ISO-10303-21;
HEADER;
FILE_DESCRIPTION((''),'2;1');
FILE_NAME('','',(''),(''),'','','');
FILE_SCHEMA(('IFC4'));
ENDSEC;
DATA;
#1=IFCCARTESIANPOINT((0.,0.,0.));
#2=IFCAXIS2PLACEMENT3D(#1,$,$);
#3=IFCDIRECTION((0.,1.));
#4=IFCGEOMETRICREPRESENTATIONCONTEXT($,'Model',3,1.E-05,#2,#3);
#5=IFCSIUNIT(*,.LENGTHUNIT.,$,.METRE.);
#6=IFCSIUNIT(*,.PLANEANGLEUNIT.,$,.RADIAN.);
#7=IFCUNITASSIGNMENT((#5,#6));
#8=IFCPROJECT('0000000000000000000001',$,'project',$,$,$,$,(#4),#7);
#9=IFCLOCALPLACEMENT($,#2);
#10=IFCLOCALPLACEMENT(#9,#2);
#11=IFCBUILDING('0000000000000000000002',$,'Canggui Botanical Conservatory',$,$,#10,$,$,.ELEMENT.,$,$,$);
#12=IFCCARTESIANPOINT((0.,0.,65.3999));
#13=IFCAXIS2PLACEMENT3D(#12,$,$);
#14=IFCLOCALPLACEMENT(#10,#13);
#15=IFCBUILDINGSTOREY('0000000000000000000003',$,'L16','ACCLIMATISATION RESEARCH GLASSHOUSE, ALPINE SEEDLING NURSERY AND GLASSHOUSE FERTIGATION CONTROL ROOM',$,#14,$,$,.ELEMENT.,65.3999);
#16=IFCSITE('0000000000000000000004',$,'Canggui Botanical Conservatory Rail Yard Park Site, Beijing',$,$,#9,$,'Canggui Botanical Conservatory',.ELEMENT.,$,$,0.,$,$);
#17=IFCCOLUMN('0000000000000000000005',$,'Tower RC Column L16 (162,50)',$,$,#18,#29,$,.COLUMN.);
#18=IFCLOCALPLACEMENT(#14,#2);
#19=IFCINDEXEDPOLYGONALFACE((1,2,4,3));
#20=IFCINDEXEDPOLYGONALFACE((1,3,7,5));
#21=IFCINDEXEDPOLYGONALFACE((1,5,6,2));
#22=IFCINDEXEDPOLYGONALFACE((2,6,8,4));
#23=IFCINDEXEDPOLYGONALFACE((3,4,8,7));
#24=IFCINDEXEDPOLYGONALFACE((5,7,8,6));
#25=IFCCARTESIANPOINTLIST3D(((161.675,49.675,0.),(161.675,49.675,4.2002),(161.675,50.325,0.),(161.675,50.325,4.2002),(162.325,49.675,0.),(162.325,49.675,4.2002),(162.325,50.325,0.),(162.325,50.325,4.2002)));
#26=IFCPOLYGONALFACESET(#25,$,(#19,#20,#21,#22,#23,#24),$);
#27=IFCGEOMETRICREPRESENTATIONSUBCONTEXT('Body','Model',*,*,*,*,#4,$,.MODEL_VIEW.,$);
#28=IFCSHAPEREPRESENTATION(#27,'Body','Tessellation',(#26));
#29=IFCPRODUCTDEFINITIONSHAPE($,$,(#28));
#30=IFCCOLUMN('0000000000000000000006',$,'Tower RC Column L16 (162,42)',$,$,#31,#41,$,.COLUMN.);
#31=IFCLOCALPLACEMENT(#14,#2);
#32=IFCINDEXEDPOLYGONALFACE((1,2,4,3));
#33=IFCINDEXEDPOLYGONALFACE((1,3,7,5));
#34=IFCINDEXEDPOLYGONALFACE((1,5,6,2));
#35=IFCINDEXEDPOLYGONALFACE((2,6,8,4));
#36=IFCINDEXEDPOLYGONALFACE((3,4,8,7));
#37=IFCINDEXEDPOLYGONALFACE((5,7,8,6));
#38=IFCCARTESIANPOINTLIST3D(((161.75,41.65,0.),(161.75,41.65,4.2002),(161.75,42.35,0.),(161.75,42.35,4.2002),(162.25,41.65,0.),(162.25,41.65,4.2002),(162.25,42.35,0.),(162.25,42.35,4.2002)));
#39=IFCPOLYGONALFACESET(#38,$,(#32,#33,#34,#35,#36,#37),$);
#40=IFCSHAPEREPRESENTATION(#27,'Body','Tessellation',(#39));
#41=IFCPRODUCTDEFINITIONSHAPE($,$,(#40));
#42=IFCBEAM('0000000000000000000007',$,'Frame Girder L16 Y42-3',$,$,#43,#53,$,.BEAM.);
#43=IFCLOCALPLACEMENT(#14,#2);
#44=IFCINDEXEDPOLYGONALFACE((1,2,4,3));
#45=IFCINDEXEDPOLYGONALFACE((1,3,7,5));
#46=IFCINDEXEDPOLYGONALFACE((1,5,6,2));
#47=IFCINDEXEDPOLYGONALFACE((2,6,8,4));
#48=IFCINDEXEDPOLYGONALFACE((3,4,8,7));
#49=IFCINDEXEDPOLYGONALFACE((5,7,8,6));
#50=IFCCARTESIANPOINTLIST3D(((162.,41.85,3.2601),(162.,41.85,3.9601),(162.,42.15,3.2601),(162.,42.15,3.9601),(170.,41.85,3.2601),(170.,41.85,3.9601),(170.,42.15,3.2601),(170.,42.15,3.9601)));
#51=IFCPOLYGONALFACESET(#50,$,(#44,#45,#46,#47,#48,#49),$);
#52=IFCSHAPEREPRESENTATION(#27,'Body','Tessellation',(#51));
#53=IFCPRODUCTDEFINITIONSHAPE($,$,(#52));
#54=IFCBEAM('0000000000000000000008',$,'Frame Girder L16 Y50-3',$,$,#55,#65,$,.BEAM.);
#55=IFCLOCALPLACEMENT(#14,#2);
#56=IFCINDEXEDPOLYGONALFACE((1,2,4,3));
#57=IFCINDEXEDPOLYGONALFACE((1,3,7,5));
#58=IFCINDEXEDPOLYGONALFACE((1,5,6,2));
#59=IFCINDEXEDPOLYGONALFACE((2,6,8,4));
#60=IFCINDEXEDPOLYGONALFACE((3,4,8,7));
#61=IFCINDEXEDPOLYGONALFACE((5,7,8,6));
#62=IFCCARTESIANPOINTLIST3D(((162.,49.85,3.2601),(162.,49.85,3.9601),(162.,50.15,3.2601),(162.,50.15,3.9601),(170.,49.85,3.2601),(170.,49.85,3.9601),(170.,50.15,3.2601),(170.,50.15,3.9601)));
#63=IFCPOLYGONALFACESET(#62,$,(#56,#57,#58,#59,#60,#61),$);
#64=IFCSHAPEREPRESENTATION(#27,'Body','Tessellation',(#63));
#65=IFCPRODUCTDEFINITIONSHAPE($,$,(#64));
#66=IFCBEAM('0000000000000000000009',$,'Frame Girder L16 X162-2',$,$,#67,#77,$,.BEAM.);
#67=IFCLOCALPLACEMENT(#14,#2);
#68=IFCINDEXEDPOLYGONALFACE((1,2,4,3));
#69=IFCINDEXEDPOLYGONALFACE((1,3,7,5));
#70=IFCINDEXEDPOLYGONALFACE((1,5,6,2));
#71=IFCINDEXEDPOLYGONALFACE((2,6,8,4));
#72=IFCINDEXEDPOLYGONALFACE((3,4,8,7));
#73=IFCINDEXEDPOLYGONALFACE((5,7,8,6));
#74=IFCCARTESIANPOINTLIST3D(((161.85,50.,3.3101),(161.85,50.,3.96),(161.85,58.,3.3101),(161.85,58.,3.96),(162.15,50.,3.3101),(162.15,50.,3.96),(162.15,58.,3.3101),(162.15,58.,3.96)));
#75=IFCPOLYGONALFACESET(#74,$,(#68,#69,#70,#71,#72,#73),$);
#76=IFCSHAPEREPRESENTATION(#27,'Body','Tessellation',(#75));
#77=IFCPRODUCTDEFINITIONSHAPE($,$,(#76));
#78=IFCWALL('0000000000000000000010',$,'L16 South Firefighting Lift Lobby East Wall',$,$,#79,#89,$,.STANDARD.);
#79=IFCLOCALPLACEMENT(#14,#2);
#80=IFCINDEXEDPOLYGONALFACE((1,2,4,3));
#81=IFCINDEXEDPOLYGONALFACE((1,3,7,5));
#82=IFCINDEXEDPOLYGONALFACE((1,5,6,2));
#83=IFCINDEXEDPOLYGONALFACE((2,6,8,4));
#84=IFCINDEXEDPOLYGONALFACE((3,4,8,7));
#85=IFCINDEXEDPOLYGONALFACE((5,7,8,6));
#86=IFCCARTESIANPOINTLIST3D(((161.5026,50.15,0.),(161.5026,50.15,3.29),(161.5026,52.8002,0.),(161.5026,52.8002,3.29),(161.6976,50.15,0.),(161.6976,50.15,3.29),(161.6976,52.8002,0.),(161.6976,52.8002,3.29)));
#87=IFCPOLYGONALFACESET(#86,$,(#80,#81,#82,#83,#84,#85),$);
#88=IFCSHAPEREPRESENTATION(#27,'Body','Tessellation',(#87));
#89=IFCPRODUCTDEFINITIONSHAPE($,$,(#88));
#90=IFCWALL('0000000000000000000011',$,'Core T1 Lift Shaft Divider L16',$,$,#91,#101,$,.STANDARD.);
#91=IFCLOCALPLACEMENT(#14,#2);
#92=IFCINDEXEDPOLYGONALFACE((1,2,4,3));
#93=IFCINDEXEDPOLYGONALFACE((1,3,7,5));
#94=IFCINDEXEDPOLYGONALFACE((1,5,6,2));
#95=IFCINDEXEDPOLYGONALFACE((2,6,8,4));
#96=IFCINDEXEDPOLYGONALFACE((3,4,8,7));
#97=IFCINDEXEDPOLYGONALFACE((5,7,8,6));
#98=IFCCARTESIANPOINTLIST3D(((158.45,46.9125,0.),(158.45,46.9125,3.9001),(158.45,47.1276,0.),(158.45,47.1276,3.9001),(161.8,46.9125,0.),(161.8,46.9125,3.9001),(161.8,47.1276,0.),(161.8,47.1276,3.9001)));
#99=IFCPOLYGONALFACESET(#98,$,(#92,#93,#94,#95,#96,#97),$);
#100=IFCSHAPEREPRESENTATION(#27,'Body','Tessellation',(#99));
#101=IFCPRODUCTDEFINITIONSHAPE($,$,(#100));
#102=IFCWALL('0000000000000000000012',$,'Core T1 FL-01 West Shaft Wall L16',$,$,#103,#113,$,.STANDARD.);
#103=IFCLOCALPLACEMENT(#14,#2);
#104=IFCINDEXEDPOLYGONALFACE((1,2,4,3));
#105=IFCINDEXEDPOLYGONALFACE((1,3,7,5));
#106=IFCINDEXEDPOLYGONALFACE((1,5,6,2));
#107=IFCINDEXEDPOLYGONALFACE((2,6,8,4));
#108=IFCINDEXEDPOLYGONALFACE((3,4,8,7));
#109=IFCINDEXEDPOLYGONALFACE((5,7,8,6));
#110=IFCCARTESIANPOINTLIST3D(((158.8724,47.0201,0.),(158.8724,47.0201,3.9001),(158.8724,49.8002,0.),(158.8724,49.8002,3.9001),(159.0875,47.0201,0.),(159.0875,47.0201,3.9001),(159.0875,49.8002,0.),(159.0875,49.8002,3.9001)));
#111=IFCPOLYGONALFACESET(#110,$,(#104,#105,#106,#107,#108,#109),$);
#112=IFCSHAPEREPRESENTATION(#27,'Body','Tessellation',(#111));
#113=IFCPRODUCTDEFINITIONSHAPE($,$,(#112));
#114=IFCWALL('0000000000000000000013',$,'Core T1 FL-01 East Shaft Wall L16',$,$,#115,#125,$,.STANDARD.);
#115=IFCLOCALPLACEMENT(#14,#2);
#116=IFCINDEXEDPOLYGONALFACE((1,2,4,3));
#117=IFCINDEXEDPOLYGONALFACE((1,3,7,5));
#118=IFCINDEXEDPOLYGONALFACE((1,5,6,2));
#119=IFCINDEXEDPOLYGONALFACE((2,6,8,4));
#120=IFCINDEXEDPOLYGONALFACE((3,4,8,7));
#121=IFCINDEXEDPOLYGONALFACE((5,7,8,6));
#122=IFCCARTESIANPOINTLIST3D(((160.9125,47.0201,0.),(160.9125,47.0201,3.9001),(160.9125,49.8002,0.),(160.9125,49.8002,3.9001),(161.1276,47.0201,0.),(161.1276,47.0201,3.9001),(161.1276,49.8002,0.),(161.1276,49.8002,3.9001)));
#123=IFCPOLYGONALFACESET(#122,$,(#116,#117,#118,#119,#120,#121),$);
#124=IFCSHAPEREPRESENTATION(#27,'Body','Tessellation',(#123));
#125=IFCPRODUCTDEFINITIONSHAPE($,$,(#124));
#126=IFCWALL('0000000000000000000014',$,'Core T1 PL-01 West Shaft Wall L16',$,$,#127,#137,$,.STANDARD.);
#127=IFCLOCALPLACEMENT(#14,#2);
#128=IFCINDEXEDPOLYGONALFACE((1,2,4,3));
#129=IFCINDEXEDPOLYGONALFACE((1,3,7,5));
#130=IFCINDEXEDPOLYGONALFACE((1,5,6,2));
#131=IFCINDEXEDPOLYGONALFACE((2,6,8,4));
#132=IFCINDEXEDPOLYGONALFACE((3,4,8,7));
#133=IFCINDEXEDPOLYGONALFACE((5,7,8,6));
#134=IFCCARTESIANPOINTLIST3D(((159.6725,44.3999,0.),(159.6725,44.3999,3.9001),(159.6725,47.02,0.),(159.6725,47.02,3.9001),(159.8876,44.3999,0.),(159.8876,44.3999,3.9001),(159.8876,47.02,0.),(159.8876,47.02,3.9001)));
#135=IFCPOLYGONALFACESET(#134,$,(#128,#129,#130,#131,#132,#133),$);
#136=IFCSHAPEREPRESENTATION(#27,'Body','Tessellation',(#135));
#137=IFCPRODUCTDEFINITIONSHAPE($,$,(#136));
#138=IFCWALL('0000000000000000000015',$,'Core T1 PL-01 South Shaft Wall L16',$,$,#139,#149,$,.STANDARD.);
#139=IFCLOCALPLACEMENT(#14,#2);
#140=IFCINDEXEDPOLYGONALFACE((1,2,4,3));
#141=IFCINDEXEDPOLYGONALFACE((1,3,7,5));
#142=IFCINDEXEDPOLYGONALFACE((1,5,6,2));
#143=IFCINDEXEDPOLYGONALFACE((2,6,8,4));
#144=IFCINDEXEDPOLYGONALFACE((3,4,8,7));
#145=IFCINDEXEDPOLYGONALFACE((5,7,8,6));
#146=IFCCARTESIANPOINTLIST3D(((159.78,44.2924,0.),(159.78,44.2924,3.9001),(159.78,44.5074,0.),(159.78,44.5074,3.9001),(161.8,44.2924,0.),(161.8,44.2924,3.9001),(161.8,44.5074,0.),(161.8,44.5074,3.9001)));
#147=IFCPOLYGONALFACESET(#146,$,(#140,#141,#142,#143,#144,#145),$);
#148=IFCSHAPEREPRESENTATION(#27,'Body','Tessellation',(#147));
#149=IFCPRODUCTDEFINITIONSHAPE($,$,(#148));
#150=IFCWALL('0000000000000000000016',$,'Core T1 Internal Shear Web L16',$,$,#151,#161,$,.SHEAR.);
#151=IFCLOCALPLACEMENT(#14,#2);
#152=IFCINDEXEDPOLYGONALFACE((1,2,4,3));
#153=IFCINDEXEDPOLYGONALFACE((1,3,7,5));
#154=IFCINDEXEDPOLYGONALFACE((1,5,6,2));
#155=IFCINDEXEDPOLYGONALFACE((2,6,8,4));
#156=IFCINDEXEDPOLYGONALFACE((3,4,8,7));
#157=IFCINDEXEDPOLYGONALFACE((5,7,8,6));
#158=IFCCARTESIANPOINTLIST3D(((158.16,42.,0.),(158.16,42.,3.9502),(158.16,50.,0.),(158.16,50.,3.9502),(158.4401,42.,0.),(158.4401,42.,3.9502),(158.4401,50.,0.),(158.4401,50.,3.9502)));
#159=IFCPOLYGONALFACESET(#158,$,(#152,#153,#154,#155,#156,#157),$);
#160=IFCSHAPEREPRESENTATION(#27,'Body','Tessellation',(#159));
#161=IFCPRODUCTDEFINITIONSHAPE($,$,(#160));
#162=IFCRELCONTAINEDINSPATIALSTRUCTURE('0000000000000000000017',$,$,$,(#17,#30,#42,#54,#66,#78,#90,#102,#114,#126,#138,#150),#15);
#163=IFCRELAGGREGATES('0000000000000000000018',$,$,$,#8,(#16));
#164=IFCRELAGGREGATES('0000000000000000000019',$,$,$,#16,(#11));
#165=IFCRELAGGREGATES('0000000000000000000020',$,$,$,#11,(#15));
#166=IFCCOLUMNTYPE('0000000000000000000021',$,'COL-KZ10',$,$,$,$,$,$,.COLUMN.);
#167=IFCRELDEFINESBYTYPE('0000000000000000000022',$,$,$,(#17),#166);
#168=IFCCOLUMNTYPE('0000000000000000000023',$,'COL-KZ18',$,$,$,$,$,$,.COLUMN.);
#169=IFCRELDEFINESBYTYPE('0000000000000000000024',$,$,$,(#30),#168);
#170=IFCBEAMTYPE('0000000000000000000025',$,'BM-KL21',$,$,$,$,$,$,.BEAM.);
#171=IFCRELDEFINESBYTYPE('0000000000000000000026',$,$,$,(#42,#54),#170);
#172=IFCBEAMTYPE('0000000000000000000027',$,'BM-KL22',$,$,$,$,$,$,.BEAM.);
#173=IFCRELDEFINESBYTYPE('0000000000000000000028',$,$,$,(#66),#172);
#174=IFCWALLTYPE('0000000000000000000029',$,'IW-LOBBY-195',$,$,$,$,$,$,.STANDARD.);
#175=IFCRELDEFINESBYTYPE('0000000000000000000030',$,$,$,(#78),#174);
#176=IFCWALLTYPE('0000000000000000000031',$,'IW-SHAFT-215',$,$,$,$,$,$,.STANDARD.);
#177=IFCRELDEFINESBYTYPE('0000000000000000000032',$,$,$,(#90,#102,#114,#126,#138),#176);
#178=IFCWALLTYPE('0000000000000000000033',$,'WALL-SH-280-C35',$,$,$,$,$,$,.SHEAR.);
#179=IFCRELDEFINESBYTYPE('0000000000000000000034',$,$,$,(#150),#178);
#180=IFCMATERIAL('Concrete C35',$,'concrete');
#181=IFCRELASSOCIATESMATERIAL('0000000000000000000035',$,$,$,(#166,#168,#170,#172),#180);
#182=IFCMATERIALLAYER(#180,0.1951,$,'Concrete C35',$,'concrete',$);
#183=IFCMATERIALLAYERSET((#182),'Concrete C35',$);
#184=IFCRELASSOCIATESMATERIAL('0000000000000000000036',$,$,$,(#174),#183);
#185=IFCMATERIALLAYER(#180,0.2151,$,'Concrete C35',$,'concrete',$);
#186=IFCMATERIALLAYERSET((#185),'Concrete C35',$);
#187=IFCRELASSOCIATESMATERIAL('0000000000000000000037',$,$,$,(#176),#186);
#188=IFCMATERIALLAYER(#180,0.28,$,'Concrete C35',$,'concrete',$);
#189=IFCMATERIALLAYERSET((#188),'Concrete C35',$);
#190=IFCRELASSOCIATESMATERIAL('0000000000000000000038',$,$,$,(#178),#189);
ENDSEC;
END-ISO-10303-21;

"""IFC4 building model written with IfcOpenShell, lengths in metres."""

from ifc_helpers import new_model, si_unit, direction, frame, frame_2d, origin, origin_2d, place, context, subcontext, project, spatial, rectangle, extrude, material, layer, layer_set, material_profile, profile_set, type_object, element, save


model = new_model("IFC4")

# Units and contexts
model_context = context("Model", 3, precision=1e-05, world=origin(), true_north=direction((0.0, 1.0)))
body_context = subcontext(model_context, "Body", "Model", "MODEL_VIEW")
ifc_project = project(units=[si_unit("LENGTHUNIT", "METRE"), si_unit("PLANEANGLEUNIT", "RADIAN")], contexts=[model_context])

# Site, building, storey
site_placement = place(None, origin())
site = spatial("IfcSite", under=ifc_project, at=site_placement, Name="Canggui Botanical Conservatory Rail Yard Park Site, Beijing", LongName="Canggui Botanical Conservatory", CompositionType="ELEMENT", RefElevation=0.0)
building_placement = place(site_placement, origin())
building = spatial("IfcBuilding", under=site, at=building_placement, Name="Canggui Botanical Conservatory", CompositionType="ELEMENT")
storey_placement = place(building_placement, frame((0.0, 0.0, 65.3999)))
storey = spatial("IfcBuildingStorey", under=building, at=storey_placement, Name="L16", Description="ACCLIMATISATION RESEARCH GLASSHOUSE, ALPINE SEEDLING NURSERY AND GLASSHOUSE FERTIGATION CONTROL ROOM", CompositionType="ELEMENT", Elevation=65.3999)

# Columns
ifc_material_1 = material(Name="Concrete C35", Category="concrete")
ifc_material_profile_1 = material_profile(ifc_material_1, rectangle(XDim=0.6499, YDim=0.6499, at=origin_2d()), Name="RC 650x650")
ifc_profile_set_1 = profile_set([ifc_material_profile_1], Name="Concrete C35")
column_type_1 = type_object("IfcColumnType", Name="COL-KZ10", PredefinedType="COLUMN", material=ifc_profile_set_1)
column_1_placement = place(storey_placement, frame((162.0, 50.0, 0.0), z_axis=(0.0, 0.0, 1.0), x_axis=(1.0, 0.0, 0.0)))
element("IfcColumn", 1, at=column_1_placement, inside=storey, type_object=column_type_1, Name="Tower RC Column L16 (162,50)", PredefinedType="COLUMN", context=body_context, shape_type="SweptSolid", body=[
    extrude(rectangle(XDim=0.6499, YDim=0.6499, at=origin_2d()), origin(), (0.0, 0.0, 1.0), 4.2002),
])
ifc_material_profile_2 = material_profile(ifc_material_1, rectangle(XDim=0.5, YDim=0.7, at=origin_2d()), Name="RC 500x700")
ifc_profile_set_2 = profile_set([ifc_material_profile_2], Name="Concrete C35")
column_type_2 = type_object("IfcColumnType", Name="COL-KZ18", PredefinedType="COLUMN", material=ifc_profile_set_2)
column_2_placement = place(storey_placement, frame((162.0, 42.0, 0.0), z_axis=(0.0, 0.0, 1.0), x_axis=(1.0, 0.0, 0.0)))
element("IfcColumn", 2, at=column_2_placement, inside=storey, type_object=column_type_2, Name="Tower RC Column L16 (162,42)", PredefinedType="COLUMN", context=body_context, shape_type="SweptSolid", body=[
    extrude(rectangle(XDim=0.5, YDim=0.7, at=origin_2d()), origin(), (0.0, 0.0, 1.0), 4.2002),
])

# Beams
ifc_material_profile_3 = material_profile(ifc_material_1, rectangle(XDim=0.3, YDim=0.7, at=origin_2d()), Name="RB 300x700")
ifc_profile_set_3 = profile_set([ifc_material_profile_3], Name="Concrete C35")
beam_type_1 = type_object("IfcBeamType", Name="BM-KL21", PredefinedType="BEAM", material=ifc_profile_set_3)
for number, where, z_axis, x_axis, name in (
    (3, (162.0, 42.0, 3.6101), (1.0, 0.0, 0.0), (0.0, 1.0, 0.0), "Frame Girder L16 Y42-3"),
    (4, (162.0, 50.0, 3.6101), (1.0, 0.0, 0.0), (0.0, 1.0, 0.0), "Frame Girder L16 Y50-3"),
):
    element("IfcBeam", number, at=place(storey_placement, frame(where, z_axis=z_axis, x_axis=x_axis)), inside=storey, type_object=beam_type_1, Name=name, PredefinedType="BEAM", context=body_context, shape_type="SweptSolid", body=[
        extrude(rectangle(XDim=0.3, YDim=0.7, at=origin_2d()), origin(), (0.0, 0.0, 1.0), 8.0),
    ])
ifc_material_profile_4 = material_profile(ifc_material_1, rectangle(XDim=0.3, YDim=0.6499, at=origin_2d()), Name="RB 300x650")
ifc_profile_set_4 = profile_set([ifc_material_profile_4], Name="Concrete C35")
beam_type_2 = type_object("IfcBeamType", Name="BM-KL22", PredefinedType="BEAM", material=ifc_profile_set_4)
beam_placement = place(storey_placement, frame((162.0, 50.0, 3.635), z_axis=(0.0, 1.0, 0.0), x_axis=(-1.0, 0.0, 0.0)))
element("IfcBeam", 5, at=beam_placement, inside=storey, type_object=beam_type_2, Name="Frame Girder L16 X162-2", PredefinedType="BEAM", context=body_context, shape_type="SweptSolid", body=[
    extrude(rectangle(XDim=0.3, YDim=0.6499, at=origin_2d()), origin(), (0.0, 0.0, 1.0), 8.0),
])

# Walls
ifc_layer_1 = layer(ifc_material_1, 0.1951, Name="Concrete C35", Category="concrete")
ifc_layer_set_1 = layer_set([ifc_layer_1], Name="Concrete C35")
wall_type_1 = type_object("IfcWallType", Name="IW-LOBBY-195", PredefinedType="STANDARD", material=ifc_layer_set_1)
wall_1_placement = place(storey_placement, frame((161.6001, 50.1499, 0.0), z_axis=(0.0, 0.0, 1.0), x_axis=(0.0, 1.0, 0.0)))
element("IfcWall", 6, at=wall_1_placement, inside=storey, type_object=wall_type_1, Name="L16 South Firefighting Lift Lobby East Wall", PredefinedType="STANDARD", context=body_context, shape_type="SweptSolid", body=[
    extrude(rectangle(XDim=2.6501, YDim=0.1951, at=frame_2d((1.3252, 0.0))), origin(), (0.0, 0.0, 1.0), 3.29),
])
ifc_layer_2 = layer(ifc_material_1, 0.2151, Name="Concrete C35", Category="concrete")
ifc_layer_set_2 = layer_set([ifc_layer_2], Name="Concrete C35")
wall_type_2 = type_object("IfcWallType", Name="IW-SHAFT-215", PredefinedType="STANDARD", material=ifc_layer_set_2)
wall_2_placement = place(storey_placement, frame((158.45, 47.02, 0.0), z_axis=(0.0, 0.0, 1.0), x_axis=(1.0, 0.0, 0.0)))
element("IfcWall", 7, at=wall_2_placement, inside=storey, type_object=wall_type_2, Name="Core T1 Lift Shaft Divider L16", PredefinedType="STANDARD", context=body_context, shape_type="SweptSolid", body=[
    extrude(rectangle(XDim=3.3501, YDim=0.2151, at=frame_2d((1.675, 0.0))), origin(), (0.0, 0.0, 1.0), 3.9001),
])
for number, where, z_axis, x_axis, name in (
    (8, (158.98, 47.02, 0.0), (0.0, 0.0, 1.0), (0.0, 1.0, 0.0), "Core T1 FL-01 West Shaft Wall L16"),
    (9, (161.02, 47.02, 0.0), (0.0, 0.0, 1.0), (0.0, 1.0, 0.0), "Core T1 FL-01 East Shaft Wall L16"),
):
    element("IfcWall", number, at=place(storey_placement, frame(where, z_axis=z_axis, x_axis=x_axis)), inside=storey, type_object=wall_type_2, Name=name, PredefinedType="STANDARD", context=body_context, shape_type="SweptSolid", body=[
        extrude(rectangle(XDim=2.78, YDim=0.2151, at=frame_2d((1.3901, 0.0))), origin(), (0.0, 0.0, 1.0), 3.9001),
    ])
wall_3_placement = place(storey_placement, frame((159.78, 44.3999, 0.0), z_axis=(0.0, 0.0, 1.0), x_axis=(0.0, 1.0, 0.0)))
element("IfcWall", 10, at=wall_3_placement, inside=storey, type_object=wall_type_2, Name="Core T1 PL-01 West Shaft Wall L16", PredefinedType="STANDARD", context=body_context, shape_type="SweptSolid", body=[
    extrude(rectangle(XDim=2.6201, YDim=0.2151, at=frame_2d((1.3101, 0.0))), origin(), (0.0, 0.0, 1.0), 3.9001),
])
wall_4_placement = place(storey_placement, frame((159.78, 44.3999, 0.0), z_axis=(0.0, 0.0, 1.0), x_axis=(1.0, 0.0, 0.0)))
element("IfcWall", 11, at=wall_4_placement, inside=storey, type_object=wall_type_2, Name="Core T1 PL-01 South Shaft Wall L16", PredefinedType="STANDARD", context=body_context, shape_type="SweptSolid", body=[
    extrude(rectangle(XDim=2.02, YDim=0.2151, at=frame_2d((1.01, 0.0))), origin(), (0.0, 0.0, 1.0), 3.9001),
])
ifc_layer_3 = layer(ifc_material_1, 0.28, Name="Concrete C35", Category="concrete")
ifc_layer_set_3 = layer_set([ifc_layer_3], Name="Concrete C35")
wall_type_3 = type_object("IfcWallType", Name="WALL-SH-280-C35", PredefinedType="SHEAR", material=ifc_layer_set_3)
wall_5_placement = place(storey_placement, frame((158.3, 42.0, 0.0), z_axis=(0.0, 0.0, 1.0), x_axis=(0.0, 1.0, 0.0)))
element("IfcWall", 12, at=wall_5_placement, inside=storey, type_object=wall_type_3, Name="Core T1 Internal Shear Web L16", PredefinedType="SHEAR", context=body_context, shape_type="SweptSolid", body=[
    extrude(rectangle(XDim=8.0, YDim=0.28, at=frame_2d((4.0, 0.0))), origin(), (0.0, 0.0, 1.0), 3.9502),
])

save(model, "model.ifc")
